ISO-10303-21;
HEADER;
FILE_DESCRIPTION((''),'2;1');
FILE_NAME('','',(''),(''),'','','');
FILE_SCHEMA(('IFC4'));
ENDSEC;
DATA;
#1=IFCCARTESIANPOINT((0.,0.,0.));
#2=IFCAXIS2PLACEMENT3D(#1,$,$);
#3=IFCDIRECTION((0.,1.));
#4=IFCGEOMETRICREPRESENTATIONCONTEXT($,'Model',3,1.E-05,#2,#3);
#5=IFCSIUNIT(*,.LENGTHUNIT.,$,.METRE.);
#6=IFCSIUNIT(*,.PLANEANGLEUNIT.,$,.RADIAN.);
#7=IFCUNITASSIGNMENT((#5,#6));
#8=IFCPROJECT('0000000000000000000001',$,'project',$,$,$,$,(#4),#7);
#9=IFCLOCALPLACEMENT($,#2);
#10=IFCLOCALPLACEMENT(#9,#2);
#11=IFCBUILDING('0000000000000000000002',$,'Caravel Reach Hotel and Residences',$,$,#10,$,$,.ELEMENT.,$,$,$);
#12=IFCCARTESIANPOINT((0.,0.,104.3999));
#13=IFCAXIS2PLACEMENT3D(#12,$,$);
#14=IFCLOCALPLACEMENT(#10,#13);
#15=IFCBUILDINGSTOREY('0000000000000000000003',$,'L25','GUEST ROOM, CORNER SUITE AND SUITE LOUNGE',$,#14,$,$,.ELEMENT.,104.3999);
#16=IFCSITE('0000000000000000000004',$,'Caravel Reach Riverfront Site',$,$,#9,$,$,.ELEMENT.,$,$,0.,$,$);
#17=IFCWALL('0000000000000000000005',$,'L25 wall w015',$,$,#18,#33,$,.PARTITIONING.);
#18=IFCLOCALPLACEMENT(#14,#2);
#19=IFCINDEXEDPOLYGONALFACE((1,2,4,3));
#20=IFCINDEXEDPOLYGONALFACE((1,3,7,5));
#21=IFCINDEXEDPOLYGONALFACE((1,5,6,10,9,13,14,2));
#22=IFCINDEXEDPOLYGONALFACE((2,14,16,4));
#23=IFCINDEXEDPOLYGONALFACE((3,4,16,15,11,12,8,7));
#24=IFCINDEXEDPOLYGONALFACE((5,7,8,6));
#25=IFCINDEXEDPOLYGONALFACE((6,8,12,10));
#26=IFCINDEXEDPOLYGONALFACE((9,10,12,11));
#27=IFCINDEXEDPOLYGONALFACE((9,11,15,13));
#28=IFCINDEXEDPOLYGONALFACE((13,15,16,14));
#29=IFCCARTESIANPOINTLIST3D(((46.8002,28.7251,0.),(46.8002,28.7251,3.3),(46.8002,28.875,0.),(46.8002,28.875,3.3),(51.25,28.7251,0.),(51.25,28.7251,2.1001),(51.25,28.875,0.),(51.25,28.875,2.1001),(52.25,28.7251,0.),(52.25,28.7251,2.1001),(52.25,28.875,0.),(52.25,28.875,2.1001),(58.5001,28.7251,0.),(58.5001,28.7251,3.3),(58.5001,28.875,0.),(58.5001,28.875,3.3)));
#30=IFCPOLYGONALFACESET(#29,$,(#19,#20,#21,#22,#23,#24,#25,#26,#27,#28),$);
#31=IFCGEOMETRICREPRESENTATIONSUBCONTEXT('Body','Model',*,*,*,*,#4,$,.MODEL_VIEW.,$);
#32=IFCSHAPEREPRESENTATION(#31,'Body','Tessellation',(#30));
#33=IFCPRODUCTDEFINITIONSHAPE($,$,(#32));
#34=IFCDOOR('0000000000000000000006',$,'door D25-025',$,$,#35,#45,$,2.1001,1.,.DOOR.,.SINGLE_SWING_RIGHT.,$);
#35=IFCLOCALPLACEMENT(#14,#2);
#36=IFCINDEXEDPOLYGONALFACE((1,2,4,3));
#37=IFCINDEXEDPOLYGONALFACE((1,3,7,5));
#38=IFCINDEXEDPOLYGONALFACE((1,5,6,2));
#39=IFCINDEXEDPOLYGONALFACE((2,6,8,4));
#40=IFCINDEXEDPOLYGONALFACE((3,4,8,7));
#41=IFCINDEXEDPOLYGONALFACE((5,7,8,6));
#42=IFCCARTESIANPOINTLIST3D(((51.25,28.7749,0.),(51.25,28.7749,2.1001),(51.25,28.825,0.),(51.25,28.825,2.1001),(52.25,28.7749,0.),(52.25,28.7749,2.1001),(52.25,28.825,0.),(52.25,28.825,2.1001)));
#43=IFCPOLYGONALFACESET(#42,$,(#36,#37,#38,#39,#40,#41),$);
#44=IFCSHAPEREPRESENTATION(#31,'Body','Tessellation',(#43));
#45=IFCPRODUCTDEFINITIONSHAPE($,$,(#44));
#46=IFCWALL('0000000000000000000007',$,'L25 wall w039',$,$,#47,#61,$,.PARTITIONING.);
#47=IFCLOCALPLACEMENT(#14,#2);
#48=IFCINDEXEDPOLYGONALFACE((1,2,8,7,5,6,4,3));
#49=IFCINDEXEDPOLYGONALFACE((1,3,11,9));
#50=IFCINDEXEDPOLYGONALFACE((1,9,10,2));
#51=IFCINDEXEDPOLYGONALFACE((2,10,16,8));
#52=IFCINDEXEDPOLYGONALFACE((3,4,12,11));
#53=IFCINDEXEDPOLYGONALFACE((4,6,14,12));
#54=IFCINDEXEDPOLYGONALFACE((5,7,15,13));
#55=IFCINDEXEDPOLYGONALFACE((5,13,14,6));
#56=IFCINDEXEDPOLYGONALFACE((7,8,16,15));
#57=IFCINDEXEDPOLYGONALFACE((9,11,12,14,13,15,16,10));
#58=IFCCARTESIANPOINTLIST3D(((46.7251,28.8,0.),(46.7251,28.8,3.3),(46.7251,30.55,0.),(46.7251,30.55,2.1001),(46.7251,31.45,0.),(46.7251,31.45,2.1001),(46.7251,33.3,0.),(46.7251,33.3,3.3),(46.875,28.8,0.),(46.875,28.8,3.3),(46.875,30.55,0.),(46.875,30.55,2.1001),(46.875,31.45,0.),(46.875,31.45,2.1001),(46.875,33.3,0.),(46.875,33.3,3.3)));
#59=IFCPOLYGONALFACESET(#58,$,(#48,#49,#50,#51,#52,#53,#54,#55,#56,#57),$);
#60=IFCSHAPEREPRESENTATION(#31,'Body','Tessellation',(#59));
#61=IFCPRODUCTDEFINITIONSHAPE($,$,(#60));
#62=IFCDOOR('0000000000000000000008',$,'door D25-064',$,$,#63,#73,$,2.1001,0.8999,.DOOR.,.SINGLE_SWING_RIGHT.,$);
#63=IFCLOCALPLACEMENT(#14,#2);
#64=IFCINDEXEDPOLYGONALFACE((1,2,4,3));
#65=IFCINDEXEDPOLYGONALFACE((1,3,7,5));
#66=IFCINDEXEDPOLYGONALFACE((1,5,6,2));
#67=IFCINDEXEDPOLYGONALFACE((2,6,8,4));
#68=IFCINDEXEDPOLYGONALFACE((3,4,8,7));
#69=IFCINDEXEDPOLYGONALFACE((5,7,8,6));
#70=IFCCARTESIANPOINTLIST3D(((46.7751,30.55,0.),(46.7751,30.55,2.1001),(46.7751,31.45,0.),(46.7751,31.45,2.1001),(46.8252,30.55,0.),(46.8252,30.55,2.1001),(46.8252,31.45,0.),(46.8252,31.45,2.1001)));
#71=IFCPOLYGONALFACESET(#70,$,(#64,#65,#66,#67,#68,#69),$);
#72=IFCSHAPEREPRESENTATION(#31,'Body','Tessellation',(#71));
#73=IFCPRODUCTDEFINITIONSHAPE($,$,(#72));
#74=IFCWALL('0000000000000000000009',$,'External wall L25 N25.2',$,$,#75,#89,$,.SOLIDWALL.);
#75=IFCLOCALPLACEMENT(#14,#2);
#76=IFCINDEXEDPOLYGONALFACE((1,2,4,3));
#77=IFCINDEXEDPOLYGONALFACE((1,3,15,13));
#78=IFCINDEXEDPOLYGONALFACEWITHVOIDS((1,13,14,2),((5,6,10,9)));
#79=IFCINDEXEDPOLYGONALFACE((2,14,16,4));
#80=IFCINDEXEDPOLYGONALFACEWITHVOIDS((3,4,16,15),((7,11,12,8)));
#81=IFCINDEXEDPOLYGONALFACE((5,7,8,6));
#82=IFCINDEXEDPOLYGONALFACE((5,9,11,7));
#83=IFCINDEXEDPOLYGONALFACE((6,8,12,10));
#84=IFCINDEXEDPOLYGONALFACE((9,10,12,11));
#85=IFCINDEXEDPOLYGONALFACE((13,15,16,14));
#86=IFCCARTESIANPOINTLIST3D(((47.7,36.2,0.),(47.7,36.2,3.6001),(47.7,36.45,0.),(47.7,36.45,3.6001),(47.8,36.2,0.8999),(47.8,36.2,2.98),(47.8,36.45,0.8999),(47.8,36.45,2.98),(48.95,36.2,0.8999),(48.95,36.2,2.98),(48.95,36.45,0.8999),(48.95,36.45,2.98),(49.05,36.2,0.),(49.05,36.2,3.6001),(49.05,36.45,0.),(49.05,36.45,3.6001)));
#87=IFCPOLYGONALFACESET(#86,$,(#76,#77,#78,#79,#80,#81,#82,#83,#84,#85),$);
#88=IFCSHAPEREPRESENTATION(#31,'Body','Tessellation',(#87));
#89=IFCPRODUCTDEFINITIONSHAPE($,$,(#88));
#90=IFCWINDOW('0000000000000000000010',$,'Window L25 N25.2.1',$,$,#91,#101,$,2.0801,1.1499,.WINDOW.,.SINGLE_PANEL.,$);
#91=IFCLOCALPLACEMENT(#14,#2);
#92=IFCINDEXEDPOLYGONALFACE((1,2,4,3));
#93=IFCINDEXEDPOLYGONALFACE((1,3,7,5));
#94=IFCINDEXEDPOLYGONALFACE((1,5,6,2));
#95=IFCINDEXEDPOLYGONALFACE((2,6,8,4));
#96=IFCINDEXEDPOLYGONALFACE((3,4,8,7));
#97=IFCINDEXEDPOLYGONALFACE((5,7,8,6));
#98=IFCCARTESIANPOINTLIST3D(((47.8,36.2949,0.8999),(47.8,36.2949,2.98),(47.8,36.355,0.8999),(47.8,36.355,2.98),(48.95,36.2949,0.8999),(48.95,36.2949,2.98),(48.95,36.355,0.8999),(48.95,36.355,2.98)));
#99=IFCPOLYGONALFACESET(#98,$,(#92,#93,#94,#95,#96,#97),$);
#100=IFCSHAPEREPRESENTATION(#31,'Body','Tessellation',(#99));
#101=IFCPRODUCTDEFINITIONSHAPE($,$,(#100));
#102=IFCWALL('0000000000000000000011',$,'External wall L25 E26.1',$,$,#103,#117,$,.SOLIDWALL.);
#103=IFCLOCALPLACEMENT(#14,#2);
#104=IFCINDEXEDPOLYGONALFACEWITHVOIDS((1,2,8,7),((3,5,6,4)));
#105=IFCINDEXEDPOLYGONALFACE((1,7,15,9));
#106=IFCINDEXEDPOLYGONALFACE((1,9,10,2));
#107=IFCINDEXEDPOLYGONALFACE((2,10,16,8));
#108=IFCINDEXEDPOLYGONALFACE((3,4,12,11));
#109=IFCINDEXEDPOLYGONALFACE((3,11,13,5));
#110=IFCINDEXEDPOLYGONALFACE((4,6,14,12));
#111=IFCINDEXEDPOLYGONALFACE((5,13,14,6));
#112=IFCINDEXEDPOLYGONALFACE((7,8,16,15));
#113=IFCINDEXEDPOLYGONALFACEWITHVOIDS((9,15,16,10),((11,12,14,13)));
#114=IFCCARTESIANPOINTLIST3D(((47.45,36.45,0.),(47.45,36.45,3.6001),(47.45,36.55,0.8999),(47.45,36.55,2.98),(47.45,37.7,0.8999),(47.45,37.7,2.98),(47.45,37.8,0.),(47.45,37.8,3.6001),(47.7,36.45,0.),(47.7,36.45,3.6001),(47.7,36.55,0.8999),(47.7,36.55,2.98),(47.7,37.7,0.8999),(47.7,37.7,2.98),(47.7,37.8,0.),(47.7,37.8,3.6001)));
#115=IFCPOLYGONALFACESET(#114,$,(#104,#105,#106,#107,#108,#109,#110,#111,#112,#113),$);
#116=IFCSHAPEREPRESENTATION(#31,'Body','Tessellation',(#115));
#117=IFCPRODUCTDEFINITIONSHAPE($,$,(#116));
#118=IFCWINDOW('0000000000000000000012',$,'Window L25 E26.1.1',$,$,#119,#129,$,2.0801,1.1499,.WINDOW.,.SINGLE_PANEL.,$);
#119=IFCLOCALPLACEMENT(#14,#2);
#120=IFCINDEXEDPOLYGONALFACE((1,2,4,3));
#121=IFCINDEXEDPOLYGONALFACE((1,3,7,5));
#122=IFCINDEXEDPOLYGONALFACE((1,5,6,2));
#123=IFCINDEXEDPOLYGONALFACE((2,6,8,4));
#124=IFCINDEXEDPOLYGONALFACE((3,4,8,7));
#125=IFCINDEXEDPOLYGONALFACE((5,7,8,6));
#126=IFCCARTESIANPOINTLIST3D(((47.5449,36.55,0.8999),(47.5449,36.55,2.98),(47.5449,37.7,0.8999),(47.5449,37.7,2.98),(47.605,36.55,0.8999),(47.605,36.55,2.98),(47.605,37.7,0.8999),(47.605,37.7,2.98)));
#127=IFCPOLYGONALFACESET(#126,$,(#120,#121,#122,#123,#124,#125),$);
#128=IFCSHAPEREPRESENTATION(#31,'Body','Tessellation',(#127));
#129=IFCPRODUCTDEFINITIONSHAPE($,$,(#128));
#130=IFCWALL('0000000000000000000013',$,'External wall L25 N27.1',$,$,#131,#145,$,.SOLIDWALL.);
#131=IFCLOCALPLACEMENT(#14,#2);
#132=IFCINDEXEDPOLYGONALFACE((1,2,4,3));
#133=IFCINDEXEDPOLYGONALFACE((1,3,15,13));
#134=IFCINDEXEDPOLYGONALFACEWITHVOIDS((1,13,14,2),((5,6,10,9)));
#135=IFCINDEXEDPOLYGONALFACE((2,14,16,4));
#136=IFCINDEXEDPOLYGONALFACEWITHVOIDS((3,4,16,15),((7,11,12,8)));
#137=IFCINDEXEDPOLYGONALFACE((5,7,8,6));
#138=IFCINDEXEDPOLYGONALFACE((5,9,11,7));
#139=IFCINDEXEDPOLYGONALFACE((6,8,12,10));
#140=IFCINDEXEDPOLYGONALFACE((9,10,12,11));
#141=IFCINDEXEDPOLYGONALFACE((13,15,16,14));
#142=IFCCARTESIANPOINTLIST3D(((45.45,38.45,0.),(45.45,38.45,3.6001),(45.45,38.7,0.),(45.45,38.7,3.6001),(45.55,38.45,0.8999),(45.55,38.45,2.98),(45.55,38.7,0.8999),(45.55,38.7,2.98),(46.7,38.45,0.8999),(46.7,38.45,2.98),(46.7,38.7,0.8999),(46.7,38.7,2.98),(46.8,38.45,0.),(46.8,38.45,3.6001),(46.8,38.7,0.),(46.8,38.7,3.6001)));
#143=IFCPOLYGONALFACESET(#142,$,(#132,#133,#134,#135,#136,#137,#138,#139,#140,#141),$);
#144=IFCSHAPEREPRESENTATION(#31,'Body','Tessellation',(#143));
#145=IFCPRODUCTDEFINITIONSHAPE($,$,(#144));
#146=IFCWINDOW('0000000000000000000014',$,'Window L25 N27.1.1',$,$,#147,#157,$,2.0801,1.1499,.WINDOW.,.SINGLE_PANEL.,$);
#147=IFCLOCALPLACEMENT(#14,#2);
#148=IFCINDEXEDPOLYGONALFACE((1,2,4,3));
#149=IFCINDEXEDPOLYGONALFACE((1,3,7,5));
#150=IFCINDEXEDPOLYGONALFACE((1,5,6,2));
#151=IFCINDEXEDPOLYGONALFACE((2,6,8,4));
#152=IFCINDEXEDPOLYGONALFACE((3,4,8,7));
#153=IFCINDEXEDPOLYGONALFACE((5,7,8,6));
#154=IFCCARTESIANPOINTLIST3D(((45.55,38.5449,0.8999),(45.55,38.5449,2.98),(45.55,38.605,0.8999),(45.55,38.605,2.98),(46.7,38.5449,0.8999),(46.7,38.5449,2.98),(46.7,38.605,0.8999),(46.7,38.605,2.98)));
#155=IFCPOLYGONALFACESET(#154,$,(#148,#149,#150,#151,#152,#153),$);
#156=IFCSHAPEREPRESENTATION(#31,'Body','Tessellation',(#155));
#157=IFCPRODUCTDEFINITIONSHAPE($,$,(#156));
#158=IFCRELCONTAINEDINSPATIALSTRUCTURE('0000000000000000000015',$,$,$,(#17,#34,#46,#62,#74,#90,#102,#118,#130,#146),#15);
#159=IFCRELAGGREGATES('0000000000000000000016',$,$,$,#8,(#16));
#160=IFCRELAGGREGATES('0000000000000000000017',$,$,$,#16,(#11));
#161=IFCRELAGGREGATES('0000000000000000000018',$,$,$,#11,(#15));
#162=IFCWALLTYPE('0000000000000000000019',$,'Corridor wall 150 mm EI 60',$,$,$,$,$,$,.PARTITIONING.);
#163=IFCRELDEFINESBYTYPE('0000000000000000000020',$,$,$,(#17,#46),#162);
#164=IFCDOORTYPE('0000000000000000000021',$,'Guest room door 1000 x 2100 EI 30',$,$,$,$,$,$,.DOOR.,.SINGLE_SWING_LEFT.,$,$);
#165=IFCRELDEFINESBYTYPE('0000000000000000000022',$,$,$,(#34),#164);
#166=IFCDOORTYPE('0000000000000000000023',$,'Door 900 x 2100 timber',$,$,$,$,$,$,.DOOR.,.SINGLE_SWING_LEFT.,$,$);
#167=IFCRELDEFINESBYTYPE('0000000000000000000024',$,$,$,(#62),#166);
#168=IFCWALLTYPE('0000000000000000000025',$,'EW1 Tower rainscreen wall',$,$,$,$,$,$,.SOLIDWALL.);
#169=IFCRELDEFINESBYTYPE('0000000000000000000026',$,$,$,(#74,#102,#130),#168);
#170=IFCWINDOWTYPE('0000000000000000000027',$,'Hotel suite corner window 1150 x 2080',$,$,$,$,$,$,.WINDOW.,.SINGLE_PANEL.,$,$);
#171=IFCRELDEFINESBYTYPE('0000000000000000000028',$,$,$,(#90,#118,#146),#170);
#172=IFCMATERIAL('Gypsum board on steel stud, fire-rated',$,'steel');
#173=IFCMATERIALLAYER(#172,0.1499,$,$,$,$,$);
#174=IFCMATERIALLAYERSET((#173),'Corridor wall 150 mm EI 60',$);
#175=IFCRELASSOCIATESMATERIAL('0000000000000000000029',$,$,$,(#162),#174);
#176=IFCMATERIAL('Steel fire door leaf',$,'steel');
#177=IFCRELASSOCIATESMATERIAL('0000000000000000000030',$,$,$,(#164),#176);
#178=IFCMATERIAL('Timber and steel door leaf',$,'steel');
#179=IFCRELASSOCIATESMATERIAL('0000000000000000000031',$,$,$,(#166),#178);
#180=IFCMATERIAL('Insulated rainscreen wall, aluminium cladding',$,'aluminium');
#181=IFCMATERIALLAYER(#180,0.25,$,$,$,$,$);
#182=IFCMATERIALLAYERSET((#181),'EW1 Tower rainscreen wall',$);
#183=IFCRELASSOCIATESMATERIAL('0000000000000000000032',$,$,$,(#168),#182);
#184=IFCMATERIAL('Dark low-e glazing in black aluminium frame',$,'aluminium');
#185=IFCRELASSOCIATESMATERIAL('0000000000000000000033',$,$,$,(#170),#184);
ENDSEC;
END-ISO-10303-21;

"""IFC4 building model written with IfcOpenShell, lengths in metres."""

from ifc_helpers import new_model, si_unit, direction, frame, frame_2d, origin, place, context, subcontext, project, spatial, rectangle, extrude, material, layer, layer_set, type_object, element, fill, save


model = new_model("IFC4")

# Units and contexts
model_context = context("Model", 3, precision=1e-05, world=origin(), true_north=direction((0.0, 1.0)))
body_context = subcontext(model_context, "Body", "Model", "MODEL_VIEW")
ifc_project = project(units=[si_unit("LENGTHUNIT", "METRE"), si_unit("PLANEANGLEUNIT", "RADIAN")], contexts=[model_context])

# Site, building, storey
site_placement = place(None, origin())
site = spatial("IfcSite", under=ifc_project, at=site_placement, Name="Caravel Reach Riverfront Site", CompositionType="ELEMENT", RefElevation=0.0)
building_placement = place(site_placement, origin())
building = spatial("IfcBuilding", under=site, at=building_placement, Name="Caravel Reach Hotel and Residences", CompositionType="ELEMENT")
storey_placement = place(building_placement, frame((0.0, 0.0, 104.3999)))
storey = spatial("IfcBuildingStorey", under=building, at=storey_placement, Name="L25", Description="GUEST ROOM, CORNER SUITE AND SUITE LOUNGE", CompositionType="ELEMENT", Elevation=104.3999)

# Walls, openings, doors
ifc_material_1 = material(Name="Gypsum board on steel stud, fire-rated", Category="steel")
ifc_layer_1 = layer(ifc_material_1, 0.1499)
ifc_layer_set_1 = layer_set([ifc_layer_1], Name="Corridor wall 150 mm EI 60")
wall_type_1 = type_object("IfcWallType", Name="Corridor wall 150 mm EI 60", PredefinedType="PARTITIONING", material=ifc_layer_set_1)
ifc_material_2 = material(Name="Steel fire door leaf", Category="steel")
door_type_1 = type_object("IfcDoorType", Name="Guest room door 1000 x 2100 EI 30", OperationType="SINGLE_SWING_LEFT", PredefinedType="DOOR", material=ifc_material_2)
wall_1_placement = place(storey_placement, frame((46.8, 28.8, 0.0), z_axis=(0.0, 0.0, 1.0), x_axis=(1.0, 0.0, 0.0)))
wall_1 = element("IfcWall", 1, at=wall_1_placement, inside=storey, type_object=wall_type_1, Name="L25 wall w015", PredefinedType="PARTITIONING", context=body_context, shape_type="SweptSolid", body=[
    extrude(rectangle(XDim=11.7, YDim=0.1499, at=frame_2d((5.8501, 0.0))), origin(), (0.0, 0.0, 1.0), 3.3),
])
opening_1_placement = place(wall_1_placement, frame((4.45, 0.0, 0.0)))
opening_1 = element("IfcOpeningElement", 2, at=opening_1_placement, cuts=wall_1, PredefinedType="OPENING", context=body_context, shape_type="SweptSolid", body=[
    extrude(rectangle(XDim=1.0, YDim=2.1001, at=frame_2d((0.5, 1.05))), frame((0.0, 0.085, 0.0), z_axis=(0.0, -1.0, 0.0), x_axis=(1.0, 0.0, 0.0)), (0.0, 0.0, 1.0), 0.1699),
])
door_1_placement = place(opening_1_placement, origin())
door_1 = element("IfcDoor", 3, at=door_1_placement, inside=storey, type_object=door_type_1, Name="door D25-025", OperationType="SINGLE_SWING_RIGHT", OverallHeight=2.1001, OverallWidth=1.0, PredefinedType="DOOR", context=body_context, shape_type="SweptSolid", body=[
    extrude(rectangle(XDim=1.0, YDim=2.1001, at=frame_2d((0.5, 1.05))), frame((0.0, 0.0249, 0.0), z_axis=(0.0, -1.0, 0.0), x_axis=(1.0, 0.0, 0.0)), (0.0, 0.0, 1.0), 0.05),
])
fill(opening_1, door_1)
wall_2_placement = place(storey_placement, frame((46.8, 28.8, 0.0), z_axis=(0.0, 0.0, 1.0), x_axis=(0.0, 1.0, 0.0)))
wall_2 = element("IfcWall", 4, at=wall_2_placement, inside=storey, type_object=wall_type_1, Name="L25 wall w039", PredefinedType="PARTITIONING", context=body_context, shape_type="SweptSolid", body=[
    extrude(rectangle(XDim=4.5, YDim=0.1499, at=frame_2d((2.25, 0.0))), origin(), (0.0, 0.0, 1.0), 3.3),
])
opening_2_placement = place(wall_2_placement, frame((1.75, 0.0, 0.0)))
opening_2 = element("IfcOpeningElement", 5, at=opening_2_placement, cuts=wall_2, PredefinedType="OPENING", context=body_context, shape_type="SweptSolid", body=[
    extrude(rectangle(XDim=0.8999, YDim=2.1001, at=frame_2d((0.45, 1.05))), frame((0.0, 0.085, 0.0), z_axis=(0.0, -1.0, 0.0), x_axis=(1.0, 0.0, 0.0)), (0.0, 0.0, 1.0), 0.1699),
])
ifc_material_3 = material(Name="Timber and steel door leaf", Category="steel")
door_type_2 = type_object("IfcDoorType", Name="Door 900 x 2100 timber", OperationType="SINGLE_SWING_LEFT", PredefinedType="DOOR", material=ifc_material_3)
door_2_placement = place(opening_2_placement, origin())
door_2 = element("IfcDoor", 6, at=door_2_placement, inside=storey, type_object=door_type_2, Name="door D25-064", OperationType="SINGLE_SWING_RIGHT", OverallHeight=2.1001, OverallWidth=0.8999, PredefinedType="DOOR", context=body_context, shape_type="SweptSolid", body=[
    extrude(rectangle(XDim=0.8999, YDim=2.1001, at=frame_2d((0.45, 1.05))), frame((0.0, 0.0249, 0.0), z_axis=(0.0, -1.0, 0.0), x_axis=(1.0, 0.0, 0.0)), (0.0, 0.0, 1.0), 0.05),
])
fill(opening_2, door_2)

# Walls, openings, windows
ifc_material_4 = material(Name="Insulated rainscreen wall, aluminium cladding", Category="aluminium")
ifc_layer_2 = layer(ifc_material_4, 0.25)
ifc_layer_set_2 = layer_set([ifc_layer_2], Name="EW1 Tower rainscreen wall")
wall_type_2 = type_object("IfcWallType", Name="EW1 Tower rainscreen wall", PredefinedType="SOLIDWALL", material=ifc_layer_set_2)
wall_3_placement = place(storey_placement, frame((49.05, 36.325, 0.0), z_axis=(0.0, 0.0, 1.0), x_axis=(-1.0, 0.0, 0.0)))
wall_3 = element("IfcWall", 7, at=wall_3_placement, inside=storey, type_object=wall_type_2, Name="External wall L25 N25.2", PredefinedType="SOLIDWALL", context=body_context, shape_type="SweptSolid", body=[
    extrude(rectangle(XDim=1.3501, YDim=0.25, at=frame_2d((0.675, 0.0))), origin(), (0.0, 0.0, 1.0), 3.6001),
])
opening_3_placement = place(wall_3_placement, frame((0.1001, 0.0, 0.8999)))
opening_3 = element("IfcOpeningElement", 8, at=opening_3_placement, cuts=wall_3, PredefinedType="OPENING", context=body_context, shape_type="SweptSolid", body=[
    extrude(rectangle(XDim=1.1499, YDim=2.0801, at=frame_2d((0.575, 1.04))), frame((0.0, 0.135, 0.0), z_axis=(0.0, -1.0, 0.0), x_axis=(1.0, 0.0, 0.0)), (0.0, 0.0, 1.0), 0.27),
])
ifc_material_5 = material(Name="Dark low-e glazing in black aluminium frame", Category="aluminium")
window_type_1 = type_object("IfcWindowType", Name="Hotel suite corner window 1150 x 2080", PartitioningType="SINGLE_PANEL", PredefinedType="WINDOW", material=ifc_material_5)
window_1_placement = place(opening_3_placement, origin())
window_1 = element("IfcWindow", 9, at=window_1_placement, inside=storey, type_object=window_type_1, Name="Window L25 N25.2.1", OverallHeight=2.0801, OverallWidth=1.1499, PartitioningType="SINGLE_PANEL", PredefinedType="WINDOW", context=body_context, shape_type="SweptSolid", body=[
    extrude(rectangle(XDim=1.1499, YDim=2.0801, at=frame_2d((0.575, 1.04))), frame((0.0, 0.03, 0.0), z_axis=(0.0, -1.0, 0.0), x_axis=(1.0, 0.0, 0.0)), (0.0, 0.0, 1.0), 0.0601),
])
fill(opening_3, window_1)
wall_4_placement = place(storey_placement, frame((47.575, 36.45, 0.0), z_axis=(0.0, 0.0, 1.0), x_axis=(0.0, 1.0, 0.0)))
wall_4 = element("IfcWall", 10, at=wall_4_placement, inside=storey, type_object=wall_type_2, Name="External wall L25 E26.1", PredefinedType="SOLIDWALL", context=body_context, shape_type="SweptSolid", body=[
    extrude(rectangle(XDim=1.3501, YDim=0.25, at=frame_2d((0.675, 0.0))), origin(), (0.0, 0.0, 1.0), 3.6001),
])
opening_4_placement = place(wall_4_placement, frame((0.1001, 0.0, 0.8999)))
opening_4 = element("IfcOpeningElement", 11, at=opening_4_placement, cuts=wall_4, PredefinedType="OPENING", context=body_context, shape_type="SweptSolid", body=[
    extrude(rectangle(XDim=1.1499, YDim=2.0801, at=frame_2d((0.575, 1.04))), frame((0.0, 0.135, 0.0), z_axis=(0.0, -1.0, 0.0), x_axis=(1.0, 0.0, 0.0)), (0.0, 0.0, 1.0), 0.27),
])
window_2_placement = place(opening_4_placement, origin())
window_2 = element("IfcWindow", 12, at=window_2_placement, inside=storey, type_object=window_type_1, Name="Window L25 E26.1.1", OverallHeight=2.0801, OverallWidth=1.1499, PartitioningType="SINGLE_PANEL", PredefinedType="WINDOW", context=body_context, shape_type="SweptSolid", body=[
    extrude(rectangle(XDim=1.1499, YDim=2.0801, at=frame_2d((0.575, 1.04))), frame((0.0, 0.03, 0.0), z_axis=(0.0, -1.0, 0.0), x_axis=(1.0, 0.0, 0.0)), (0.0, 0.0, 1.0), 0.0601),
])
fill(opening_4, window_2)
wall_5_placement = place(storey_placement, frame((46.8, 38.575, 0.0), z_axis=(0.0, 0.0, 1.0), x_axis=(-1.0, 0.0, 0.0)))
wall_5 = element("IfcWall", 13, at=wall_5_placement, inside=storey, type_object=wall_type_2, Name="External wall L25 N27.1", PredefinedType="SOLIDWALL", context=body_context, shape_type="SweptSolid", body=[
    extrude(rectangle(XDim=1.3501, YDim=0.25, at=frame_2d((0.675, 0.0))), origin(), (0.0, 0.0, 1.0), 3.6001),
])
opening_5_placement = place(wall_5_placement, frame((0.1001, 0.0, 0.8999)))
opening_5 = element("IfcOpeningElement", 14, at=opening_5_placement, cuts=wall_5, PredefinedType="OPENING", context=body_context, shape_type="SweptSolid", body=[
    extrude(rectangle(XDim=1.1499, YDim=2.0801, at=frame_2d((0.575, 1.04))), frame((0.0, 0.135, 0.0), z_axis=(0.0, -1.0, 0.0), x_axis=(1.0, 0.0, 0.0)), (0.0, 0.0, 1.0), 0.27),
])
window_3_placement = place(opening_5_placement, origin())
window_3 = element("IfcWindow", 15, at=window_3_placement, inside=storey, type_object=window_type_1, Name="Window L25 N27.1.1", OverallHeight=2.0801, OverallWidth=1.1499, PartitioningType="SINGLE_PANEL", PredefinedType="WINDOW", context=body_context, shape_type="SweptSolid", body=[
    extrude(rectangle(XDim=1.1499, YDim=2.0801, at=frame_2d((0.575, 1.04))), frame((0.0, 0.03, 0.0), z_axis=(0.0, -1.0, 0.0), x_axis=(1.0, 0.0, 0.0)), (0.0, 0.0, 1.0), 0.0601),
])
fill(opening_5, window_3)

save(model, "model.ifc")
